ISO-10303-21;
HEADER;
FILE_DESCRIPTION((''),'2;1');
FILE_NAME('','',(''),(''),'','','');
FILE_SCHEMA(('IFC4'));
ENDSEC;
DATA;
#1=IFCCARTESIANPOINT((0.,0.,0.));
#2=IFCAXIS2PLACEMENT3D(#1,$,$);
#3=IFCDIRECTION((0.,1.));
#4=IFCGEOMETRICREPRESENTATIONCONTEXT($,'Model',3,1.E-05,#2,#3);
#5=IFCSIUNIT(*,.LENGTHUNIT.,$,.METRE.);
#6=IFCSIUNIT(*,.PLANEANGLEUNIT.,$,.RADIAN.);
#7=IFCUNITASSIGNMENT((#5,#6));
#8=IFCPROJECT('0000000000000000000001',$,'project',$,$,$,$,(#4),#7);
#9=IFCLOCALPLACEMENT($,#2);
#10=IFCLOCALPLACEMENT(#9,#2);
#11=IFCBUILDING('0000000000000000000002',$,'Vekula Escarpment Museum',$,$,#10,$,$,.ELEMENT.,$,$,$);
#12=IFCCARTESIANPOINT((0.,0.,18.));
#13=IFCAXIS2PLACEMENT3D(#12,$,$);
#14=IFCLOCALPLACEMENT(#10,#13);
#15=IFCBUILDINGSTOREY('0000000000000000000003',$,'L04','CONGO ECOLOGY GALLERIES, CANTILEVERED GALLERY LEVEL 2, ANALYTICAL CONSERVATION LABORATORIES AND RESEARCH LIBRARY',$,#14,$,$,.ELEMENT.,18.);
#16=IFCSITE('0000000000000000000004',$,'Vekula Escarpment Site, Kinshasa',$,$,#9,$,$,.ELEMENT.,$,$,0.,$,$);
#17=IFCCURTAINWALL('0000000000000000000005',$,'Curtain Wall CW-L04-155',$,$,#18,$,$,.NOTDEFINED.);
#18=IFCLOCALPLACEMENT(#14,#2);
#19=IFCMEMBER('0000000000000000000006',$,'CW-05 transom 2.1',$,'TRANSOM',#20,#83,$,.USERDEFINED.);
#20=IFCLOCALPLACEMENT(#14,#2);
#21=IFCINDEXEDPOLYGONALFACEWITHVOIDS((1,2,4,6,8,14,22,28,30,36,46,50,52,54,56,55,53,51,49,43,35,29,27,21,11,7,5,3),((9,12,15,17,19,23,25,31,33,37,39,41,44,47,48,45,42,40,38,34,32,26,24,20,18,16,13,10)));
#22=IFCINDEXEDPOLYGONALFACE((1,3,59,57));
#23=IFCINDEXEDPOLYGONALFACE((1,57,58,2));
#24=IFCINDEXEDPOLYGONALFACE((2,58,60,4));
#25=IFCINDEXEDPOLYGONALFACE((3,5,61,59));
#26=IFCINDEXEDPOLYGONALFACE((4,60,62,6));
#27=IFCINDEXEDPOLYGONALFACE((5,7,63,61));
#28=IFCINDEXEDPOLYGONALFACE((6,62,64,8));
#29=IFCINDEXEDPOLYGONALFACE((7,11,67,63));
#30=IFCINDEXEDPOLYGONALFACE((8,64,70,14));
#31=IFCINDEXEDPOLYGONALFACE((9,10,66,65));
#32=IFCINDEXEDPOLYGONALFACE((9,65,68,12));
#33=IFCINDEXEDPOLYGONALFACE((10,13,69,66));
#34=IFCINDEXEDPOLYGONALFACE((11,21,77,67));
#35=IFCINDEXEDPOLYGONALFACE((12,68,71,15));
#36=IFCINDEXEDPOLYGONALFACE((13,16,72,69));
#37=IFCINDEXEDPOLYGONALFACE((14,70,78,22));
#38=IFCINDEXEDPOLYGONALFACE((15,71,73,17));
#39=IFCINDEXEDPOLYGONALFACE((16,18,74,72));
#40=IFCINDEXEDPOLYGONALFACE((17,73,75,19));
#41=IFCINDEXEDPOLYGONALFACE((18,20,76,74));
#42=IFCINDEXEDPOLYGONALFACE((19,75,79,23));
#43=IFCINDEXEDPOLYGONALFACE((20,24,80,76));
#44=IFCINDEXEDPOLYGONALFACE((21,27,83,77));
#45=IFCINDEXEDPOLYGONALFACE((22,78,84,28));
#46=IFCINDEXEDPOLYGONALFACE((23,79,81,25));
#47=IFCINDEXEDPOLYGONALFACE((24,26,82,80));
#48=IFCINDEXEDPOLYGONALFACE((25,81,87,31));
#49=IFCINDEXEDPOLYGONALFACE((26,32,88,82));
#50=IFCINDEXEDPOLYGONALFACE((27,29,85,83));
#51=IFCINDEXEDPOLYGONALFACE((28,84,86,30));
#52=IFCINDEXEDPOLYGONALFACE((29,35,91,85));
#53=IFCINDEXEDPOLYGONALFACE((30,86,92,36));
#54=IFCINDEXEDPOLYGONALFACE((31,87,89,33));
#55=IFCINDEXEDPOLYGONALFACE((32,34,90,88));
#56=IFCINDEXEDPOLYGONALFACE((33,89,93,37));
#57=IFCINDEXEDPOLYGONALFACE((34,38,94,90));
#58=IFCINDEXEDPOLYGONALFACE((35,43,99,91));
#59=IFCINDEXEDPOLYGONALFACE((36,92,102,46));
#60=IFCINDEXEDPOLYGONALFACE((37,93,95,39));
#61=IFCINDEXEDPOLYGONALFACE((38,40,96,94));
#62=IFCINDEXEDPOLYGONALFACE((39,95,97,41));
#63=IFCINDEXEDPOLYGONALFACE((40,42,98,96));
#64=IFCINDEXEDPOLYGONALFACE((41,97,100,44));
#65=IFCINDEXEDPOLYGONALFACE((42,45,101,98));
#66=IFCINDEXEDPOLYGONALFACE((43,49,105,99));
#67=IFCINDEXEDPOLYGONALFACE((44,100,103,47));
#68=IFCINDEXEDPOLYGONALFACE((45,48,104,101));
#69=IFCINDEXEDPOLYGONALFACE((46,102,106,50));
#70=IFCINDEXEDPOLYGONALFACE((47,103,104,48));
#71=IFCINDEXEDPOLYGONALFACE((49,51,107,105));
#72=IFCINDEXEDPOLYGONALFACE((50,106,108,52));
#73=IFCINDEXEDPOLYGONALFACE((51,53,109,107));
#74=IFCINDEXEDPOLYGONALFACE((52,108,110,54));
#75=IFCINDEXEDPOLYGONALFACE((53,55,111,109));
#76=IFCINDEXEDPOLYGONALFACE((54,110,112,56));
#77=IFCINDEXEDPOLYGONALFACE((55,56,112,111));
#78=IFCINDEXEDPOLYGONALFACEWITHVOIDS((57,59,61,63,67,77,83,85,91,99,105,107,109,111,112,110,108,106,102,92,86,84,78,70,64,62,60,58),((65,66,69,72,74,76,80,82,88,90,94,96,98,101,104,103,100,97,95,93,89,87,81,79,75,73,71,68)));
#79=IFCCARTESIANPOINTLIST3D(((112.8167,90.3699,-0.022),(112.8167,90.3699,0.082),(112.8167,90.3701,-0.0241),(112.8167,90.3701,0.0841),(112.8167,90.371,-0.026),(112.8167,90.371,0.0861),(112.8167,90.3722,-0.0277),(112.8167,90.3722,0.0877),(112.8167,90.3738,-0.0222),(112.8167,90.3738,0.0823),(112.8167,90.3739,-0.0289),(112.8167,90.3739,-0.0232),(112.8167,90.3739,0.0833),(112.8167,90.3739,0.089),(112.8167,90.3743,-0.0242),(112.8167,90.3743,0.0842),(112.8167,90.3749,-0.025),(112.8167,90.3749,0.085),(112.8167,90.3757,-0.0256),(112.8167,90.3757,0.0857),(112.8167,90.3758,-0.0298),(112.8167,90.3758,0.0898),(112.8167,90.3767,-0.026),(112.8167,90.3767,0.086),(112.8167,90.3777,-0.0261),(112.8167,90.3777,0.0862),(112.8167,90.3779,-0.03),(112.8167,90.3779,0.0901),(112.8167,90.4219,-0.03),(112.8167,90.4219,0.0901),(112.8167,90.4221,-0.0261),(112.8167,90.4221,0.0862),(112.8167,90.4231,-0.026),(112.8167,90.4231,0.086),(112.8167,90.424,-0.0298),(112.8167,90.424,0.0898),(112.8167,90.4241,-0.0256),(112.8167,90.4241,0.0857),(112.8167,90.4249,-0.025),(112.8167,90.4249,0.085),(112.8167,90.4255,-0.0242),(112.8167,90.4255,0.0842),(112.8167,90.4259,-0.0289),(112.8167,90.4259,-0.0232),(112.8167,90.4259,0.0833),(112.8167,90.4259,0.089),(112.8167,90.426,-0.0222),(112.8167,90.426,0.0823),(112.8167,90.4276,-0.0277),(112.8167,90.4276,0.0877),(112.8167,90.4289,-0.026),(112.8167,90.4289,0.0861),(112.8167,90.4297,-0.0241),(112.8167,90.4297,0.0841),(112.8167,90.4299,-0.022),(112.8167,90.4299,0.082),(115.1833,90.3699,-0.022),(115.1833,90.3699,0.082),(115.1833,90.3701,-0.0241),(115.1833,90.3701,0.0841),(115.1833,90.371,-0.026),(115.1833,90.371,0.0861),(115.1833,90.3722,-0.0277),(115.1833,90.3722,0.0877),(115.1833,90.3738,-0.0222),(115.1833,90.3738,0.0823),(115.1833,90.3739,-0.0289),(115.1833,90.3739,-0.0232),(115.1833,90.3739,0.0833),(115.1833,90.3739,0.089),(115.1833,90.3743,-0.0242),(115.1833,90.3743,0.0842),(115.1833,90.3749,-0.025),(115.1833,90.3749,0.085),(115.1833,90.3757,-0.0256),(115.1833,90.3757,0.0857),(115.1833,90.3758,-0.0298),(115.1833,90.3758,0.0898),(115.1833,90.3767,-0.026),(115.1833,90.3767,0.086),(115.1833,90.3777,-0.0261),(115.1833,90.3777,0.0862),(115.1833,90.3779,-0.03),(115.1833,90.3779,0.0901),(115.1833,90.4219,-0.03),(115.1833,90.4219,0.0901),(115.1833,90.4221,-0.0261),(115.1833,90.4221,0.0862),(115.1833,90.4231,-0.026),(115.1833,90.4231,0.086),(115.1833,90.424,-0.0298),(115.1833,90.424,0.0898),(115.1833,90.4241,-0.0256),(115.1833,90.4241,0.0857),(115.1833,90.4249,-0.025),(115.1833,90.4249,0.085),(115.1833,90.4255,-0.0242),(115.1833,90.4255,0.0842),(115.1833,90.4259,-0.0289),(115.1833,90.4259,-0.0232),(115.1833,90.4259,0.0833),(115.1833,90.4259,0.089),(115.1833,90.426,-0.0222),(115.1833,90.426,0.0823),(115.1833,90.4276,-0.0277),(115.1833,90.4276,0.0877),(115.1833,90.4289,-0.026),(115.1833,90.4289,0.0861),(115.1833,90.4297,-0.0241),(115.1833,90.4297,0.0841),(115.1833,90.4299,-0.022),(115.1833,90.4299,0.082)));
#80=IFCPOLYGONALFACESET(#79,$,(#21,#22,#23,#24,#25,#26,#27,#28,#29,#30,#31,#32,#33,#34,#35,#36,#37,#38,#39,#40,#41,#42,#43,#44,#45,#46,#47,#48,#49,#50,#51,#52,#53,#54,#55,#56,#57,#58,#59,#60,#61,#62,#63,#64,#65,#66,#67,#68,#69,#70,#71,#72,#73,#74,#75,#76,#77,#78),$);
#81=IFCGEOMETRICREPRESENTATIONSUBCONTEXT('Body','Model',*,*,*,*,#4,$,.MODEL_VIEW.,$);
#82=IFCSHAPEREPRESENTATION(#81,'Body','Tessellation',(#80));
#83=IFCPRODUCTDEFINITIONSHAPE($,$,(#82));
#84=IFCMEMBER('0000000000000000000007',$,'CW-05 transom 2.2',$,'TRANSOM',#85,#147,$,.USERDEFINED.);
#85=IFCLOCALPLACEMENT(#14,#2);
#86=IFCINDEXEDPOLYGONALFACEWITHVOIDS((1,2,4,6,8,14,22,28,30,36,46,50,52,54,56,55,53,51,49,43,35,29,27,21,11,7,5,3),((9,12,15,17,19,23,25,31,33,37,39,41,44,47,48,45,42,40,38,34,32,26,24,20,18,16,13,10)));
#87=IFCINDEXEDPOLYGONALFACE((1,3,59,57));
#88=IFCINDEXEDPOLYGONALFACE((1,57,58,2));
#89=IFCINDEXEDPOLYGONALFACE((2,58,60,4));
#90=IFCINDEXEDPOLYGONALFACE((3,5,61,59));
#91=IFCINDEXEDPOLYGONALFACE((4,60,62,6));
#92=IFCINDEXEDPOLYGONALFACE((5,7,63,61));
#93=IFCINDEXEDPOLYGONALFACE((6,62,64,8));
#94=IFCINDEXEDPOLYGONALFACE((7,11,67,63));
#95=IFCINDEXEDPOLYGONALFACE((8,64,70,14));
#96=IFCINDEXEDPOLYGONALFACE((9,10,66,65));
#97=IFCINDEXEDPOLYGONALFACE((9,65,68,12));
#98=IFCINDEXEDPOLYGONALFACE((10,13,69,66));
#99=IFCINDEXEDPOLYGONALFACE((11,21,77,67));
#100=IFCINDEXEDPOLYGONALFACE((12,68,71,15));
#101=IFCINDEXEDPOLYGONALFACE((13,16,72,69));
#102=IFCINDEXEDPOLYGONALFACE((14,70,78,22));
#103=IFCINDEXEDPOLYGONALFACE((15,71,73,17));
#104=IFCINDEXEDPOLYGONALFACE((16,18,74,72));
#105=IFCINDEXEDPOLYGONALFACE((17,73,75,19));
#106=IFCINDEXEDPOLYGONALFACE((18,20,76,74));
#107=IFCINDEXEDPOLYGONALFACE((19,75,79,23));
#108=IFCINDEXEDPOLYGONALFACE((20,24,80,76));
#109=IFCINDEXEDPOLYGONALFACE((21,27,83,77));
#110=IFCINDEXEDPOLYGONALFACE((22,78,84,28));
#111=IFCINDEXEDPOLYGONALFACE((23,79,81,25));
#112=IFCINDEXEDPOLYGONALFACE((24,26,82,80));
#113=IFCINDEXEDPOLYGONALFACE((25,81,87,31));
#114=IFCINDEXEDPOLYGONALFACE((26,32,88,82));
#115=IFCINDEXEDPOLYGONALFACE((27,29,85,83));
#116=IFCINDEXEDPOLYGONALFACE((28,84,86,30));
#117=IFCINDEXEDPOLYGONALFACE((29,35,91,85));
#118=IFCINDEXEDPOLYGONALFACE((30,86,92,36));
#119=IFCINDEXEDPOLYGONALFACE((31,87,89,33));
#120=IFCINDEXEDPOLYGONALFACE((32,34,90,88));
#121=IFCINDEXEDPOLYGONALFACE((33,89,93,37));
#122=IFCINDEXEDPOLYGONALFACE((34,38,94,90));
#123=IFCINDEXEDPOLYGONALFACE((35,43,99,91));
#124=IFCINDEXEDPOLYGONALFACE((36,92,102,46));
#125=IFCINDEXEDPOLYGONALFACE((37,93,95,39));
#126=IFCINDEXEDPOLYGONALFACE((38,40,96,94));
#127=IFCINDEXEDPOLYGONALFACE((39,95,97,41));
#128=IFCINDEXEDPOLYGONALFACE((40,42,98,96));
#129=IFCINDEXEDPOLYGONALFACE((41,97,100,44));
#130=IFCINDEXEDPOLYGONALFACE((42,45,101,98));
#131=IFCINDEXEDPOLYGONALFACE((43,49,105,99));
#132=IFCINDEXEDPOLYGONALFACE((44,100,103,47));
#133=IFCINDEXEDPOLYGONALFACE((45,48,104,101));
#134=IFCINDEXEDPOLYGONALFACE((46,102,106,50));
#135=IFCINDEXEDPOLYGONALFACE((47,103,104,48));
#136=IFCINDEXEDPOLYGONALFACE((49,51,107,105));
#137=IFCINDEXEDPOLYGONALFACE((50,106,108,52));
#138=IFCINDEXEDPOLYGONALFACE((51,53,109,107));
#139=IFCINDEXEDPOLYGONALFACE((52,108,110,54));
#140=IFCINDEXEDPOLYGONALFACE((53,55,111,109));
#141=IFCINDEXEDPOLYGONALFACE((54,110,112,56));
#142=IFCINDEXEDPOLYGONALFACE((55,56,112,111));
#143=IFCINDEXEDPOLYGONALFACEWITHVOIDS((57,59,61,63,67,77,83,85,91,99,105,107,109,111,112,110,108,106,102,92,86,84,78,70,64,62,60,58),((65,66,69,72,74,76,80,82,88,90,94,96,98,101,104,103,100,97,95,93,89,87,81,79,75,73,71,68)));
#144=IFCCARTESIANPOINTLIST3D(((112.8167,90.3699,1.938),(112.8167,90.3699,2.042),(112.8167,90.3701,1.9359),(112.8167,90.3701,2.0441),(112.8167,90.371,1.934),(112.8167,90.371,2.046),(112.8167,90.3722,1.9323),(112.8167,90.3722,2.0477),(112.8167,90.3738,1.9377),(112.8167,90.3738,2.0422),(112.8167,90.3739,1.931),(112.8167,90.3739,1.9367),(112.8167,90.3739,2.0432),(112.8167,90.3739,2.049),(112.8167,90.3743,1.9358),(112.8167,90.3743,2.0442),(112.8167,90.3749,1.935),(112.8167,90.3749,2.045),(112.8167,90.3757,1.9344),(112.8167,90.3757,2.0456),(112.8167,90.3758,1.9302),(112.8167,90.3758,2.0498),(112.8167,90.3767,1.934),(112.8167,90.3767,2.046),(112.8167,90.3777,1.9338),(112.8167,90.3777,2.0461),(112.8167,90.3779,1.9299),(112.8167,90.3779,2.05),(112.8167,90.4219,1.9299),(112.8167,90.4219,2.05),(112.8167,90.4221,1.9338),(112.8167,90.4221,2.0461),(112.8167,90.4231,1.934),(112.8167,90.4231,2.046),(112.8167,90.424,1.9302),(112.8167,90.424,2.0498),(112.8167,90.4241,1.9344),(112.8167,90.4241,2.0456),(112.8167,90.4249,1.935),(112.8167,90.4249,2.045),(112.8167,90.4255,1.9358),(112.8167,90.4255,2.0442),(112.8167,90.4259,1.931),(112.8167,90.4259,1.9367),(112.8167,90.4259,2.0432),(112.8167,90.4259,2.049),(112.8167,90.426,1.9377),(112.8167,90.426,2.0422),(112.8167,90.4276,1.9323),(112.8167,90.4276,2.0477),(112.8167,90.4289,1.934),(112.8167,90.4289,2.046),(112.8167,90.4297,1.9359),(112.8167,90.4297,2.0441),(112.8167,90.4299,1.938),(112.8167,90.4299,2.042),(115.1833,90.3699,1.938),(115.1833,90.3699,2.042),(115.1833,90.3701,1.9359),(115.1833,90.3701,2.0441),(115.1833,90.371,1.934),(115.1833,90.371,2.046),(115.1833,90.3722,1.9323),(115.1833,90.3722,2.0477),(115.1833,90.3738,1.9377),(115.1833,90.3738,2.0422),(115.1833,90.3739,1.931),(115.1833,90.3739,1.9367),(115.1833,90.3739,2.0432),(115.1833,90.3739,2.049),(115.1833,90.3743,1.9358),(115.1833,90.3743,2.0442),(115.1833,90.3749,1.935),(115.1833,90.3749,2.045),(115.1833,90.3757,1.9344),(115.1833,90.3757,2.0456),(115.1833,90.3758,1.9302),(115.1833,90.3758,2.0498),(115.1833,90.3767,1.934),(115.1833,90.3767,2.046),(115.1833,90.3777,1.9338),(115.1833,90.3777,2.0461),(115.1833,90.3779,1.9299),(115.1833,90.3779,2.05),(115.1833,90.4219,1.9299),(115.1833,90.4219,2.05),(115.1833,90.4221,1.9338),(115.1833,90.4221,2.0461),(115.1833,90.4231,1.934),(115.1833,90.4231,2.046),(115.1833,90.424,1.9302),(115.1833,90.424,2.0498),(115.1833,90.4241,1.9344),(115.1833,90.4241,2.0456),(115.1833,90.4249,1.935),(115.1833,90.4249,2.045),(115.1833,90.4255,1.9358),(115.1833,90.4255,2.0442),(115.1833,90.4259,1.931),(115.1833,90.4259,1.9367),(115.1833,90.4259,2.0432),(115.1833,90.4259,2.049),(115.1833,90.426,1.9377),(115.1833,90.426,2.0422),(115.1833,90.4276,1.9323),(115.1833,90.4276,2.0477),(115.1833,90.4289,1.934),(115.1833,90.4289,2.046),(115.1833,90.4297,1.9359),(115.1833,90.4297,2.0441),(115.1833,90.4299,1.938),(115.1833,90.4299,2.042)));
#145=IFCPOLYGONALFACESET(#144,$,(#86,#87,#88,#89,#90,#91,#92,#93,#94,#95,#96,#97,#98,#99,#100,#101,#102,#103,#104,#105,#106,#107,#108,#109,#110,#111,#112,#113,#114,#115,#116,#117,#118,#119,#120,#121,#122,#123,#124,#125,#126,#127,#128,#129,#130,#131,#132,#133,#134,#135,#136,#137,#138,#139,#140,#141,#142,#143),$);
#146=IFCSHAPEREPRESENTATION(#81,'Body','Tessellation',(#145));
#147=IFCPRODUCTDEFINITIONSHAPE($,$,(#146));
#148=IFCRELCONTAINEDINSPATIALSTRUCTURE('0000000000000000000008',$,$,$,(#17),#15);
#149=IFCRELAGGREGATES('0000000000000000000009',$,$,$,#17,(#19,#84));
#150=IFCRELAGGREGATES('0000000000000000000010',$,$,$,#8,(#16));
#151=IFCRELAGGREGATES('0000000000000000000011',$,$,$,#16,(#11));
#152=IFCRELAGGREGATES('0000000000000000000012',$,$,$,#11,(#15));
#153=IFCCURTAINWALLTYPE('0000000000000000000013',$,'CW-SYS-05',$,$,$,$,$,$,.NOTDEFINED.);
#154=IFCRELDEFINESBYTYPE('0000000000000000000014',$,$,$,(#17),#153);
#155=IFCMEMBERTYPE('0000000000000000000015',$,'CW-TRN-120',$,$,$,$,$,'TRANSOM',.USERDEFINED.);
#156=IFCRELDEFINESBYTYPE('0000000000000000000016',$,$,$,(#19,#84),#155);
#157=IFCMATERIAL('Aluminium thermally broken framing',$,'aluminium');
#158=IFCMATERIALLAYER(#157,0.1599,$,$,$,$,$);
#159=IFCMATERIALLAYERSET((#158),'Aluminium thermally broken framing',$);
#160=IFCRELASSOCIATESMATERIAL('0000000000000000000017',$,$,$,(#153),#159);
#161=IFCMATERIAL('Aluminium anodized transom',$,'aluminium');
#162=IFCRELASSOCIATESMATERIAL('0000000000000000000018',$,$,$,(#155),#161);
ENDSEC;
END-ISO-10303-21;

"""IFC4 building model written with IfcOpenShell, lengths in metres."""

from ifc_helpers import new_model, si_unit, direction, frame, origin, origin_2d, place, context, subcontext, project, spatial, hollow_rectangle, extrude, material, layer, layer_set, material_profile, profile_set, type_object, element, aggregate, save


model = new_model("IFC4")

# Units and contexts
model_context = context("Model", 3, precision=1e-05, world=origin(), true_north=direction((0.0, 1.0)))
body_context = subcontext(model_context, "Body", "Model", "MODEL_VIEW")
ifc_project = project(units=[si_unit("LENGTHUNIT", "METRE"), si_unit("PLANEANGLEUNIT", "RADIAN")], contexts=[model_context])

# Site, building, storey
site_placement = place(None, origin())
site = spatial("IfcSite", under=ifc_project, at=site_placement, Name="Vekula Escarpment Site, Kinshasa", CompositionType="ELEMENT", RefElevation=0.0)
building_placement = place(site_placement, origin())
building = spatial("IfcBuilding", under=site, at=building_placement, Name="Vekula Escarpment Museum", CompositionType="ELEMENT")
storey_placement = place(building_placement, frame((0.0, 0.0, 18.0)))
storey = spatial("IfcBuildingStorey", under=building, at=storey_placement, Name="L04", Description="CONGO ECOLOGY GALLERIES, CANTILEVERED GALLERY LEVEL 2, ANALYTICAL CONSERVATION LABORATORIES AND RESEARCH LIBRARY", CompositionType="ELEMENT", Elevation=18.0)

# Curtain wall, members
ifc_material_1 = material(Name="Aluminium thermally broken framing", Category="aluminium")
ifc_layer_1 = layer(ifc_material_1, 0.1599)
ifc_layer_set_1 = layer_set([ifc_layer_1], Name="Aluminium thermally broken framing")
curtain_wall_type = type_object("IfcCurtainWallType", Name="CW-SYS-05", PredefinedType="NOTDEFINED", material=ifc_layer_set_1)
curtain_wall_placement = place(storey_placement, origin())
curtain_wall = element("IfcCurtainWall", 1, at=curtain_wall_placement, inside=storey, type_object=curtain_wall_type, Name="Curtain Wall CW-L04-155", PredefinedType="NOTDEFINED")
ifc_material_2 = material(Name="Aluminium anodized transom", Category="aluminium")
ifc_material_profile_1 = material_profile(ifc_material_2, hollow_rectangle(XDim=0.0601, YDim=0.1201, WallThickness=0.0039, InnerFilletRadius=0.0039, OuterFilletRadius=0.0081, at=origin_2d()), Name="ALU 120x60x4")
ifc_profile_set_1 = profile_set([ifc_material_profile_1], Name="Aluminium anodized transom")
member_type_1 = type_object("IfcMemberType", Name="CW-TRN-120", ElementType="TRANSOM", PredefinedType="USERDEFINED", material=ifc_profile_set_1)
member_1_placement = place(storey_placement, frame((115.1833, 90.3999, 0.03), z_axis=(-1.0, 0.0, 0.0), x_axis=(0.0, -1.0, 0.0)))
member_1 = element("IfcMember", 2, at=member_1_placement, type_object=member_type_1, Name="CW-05 transom 2.1", ObjectType="TRANSOM", PredefinedType="USERDEFINED", context=body_context, shape_type="SweptSolid", body=[
    extrude(hollow_rectangle(XDim=0.0601, YDim=0.1201, WallThickness=0.0039, InnerFilletRadius=0.0039, OuterFilletRadius=0.0081, at=origin_2d()), origin(), (0.0, 0.0, 1.0), 2.3667),
])
member_2_placement = place(storey_placement, frame((115.1833, 90.3999, 1.99), z_axis=(-1.0, 0.0, 0.0), x_axis=(0.0, -1.0, 0.0)))
member_2 = element("IfcMember", 3, at=member_2_placement, type_object=member_type_1, Name="CW-05 transom 2.2", ObjectType="TRANSOM", PredefinedType="USERDEFINED", context=body_context, shape_type="SweptSolid", body=[
    extrude(hollow_rectangle(XDim=0.0601, YDim=0.1201, WallThickness=0.0039, InnerFilletRadius=0.0039, OuterFilletRadius=0.0081, at=origin_2d()), origin(), (0.0, 0.0, 1.0), 2.3667),
])
aggregate(curtain_wall, [member_1, member_2])

save(model, "model.ifc")
